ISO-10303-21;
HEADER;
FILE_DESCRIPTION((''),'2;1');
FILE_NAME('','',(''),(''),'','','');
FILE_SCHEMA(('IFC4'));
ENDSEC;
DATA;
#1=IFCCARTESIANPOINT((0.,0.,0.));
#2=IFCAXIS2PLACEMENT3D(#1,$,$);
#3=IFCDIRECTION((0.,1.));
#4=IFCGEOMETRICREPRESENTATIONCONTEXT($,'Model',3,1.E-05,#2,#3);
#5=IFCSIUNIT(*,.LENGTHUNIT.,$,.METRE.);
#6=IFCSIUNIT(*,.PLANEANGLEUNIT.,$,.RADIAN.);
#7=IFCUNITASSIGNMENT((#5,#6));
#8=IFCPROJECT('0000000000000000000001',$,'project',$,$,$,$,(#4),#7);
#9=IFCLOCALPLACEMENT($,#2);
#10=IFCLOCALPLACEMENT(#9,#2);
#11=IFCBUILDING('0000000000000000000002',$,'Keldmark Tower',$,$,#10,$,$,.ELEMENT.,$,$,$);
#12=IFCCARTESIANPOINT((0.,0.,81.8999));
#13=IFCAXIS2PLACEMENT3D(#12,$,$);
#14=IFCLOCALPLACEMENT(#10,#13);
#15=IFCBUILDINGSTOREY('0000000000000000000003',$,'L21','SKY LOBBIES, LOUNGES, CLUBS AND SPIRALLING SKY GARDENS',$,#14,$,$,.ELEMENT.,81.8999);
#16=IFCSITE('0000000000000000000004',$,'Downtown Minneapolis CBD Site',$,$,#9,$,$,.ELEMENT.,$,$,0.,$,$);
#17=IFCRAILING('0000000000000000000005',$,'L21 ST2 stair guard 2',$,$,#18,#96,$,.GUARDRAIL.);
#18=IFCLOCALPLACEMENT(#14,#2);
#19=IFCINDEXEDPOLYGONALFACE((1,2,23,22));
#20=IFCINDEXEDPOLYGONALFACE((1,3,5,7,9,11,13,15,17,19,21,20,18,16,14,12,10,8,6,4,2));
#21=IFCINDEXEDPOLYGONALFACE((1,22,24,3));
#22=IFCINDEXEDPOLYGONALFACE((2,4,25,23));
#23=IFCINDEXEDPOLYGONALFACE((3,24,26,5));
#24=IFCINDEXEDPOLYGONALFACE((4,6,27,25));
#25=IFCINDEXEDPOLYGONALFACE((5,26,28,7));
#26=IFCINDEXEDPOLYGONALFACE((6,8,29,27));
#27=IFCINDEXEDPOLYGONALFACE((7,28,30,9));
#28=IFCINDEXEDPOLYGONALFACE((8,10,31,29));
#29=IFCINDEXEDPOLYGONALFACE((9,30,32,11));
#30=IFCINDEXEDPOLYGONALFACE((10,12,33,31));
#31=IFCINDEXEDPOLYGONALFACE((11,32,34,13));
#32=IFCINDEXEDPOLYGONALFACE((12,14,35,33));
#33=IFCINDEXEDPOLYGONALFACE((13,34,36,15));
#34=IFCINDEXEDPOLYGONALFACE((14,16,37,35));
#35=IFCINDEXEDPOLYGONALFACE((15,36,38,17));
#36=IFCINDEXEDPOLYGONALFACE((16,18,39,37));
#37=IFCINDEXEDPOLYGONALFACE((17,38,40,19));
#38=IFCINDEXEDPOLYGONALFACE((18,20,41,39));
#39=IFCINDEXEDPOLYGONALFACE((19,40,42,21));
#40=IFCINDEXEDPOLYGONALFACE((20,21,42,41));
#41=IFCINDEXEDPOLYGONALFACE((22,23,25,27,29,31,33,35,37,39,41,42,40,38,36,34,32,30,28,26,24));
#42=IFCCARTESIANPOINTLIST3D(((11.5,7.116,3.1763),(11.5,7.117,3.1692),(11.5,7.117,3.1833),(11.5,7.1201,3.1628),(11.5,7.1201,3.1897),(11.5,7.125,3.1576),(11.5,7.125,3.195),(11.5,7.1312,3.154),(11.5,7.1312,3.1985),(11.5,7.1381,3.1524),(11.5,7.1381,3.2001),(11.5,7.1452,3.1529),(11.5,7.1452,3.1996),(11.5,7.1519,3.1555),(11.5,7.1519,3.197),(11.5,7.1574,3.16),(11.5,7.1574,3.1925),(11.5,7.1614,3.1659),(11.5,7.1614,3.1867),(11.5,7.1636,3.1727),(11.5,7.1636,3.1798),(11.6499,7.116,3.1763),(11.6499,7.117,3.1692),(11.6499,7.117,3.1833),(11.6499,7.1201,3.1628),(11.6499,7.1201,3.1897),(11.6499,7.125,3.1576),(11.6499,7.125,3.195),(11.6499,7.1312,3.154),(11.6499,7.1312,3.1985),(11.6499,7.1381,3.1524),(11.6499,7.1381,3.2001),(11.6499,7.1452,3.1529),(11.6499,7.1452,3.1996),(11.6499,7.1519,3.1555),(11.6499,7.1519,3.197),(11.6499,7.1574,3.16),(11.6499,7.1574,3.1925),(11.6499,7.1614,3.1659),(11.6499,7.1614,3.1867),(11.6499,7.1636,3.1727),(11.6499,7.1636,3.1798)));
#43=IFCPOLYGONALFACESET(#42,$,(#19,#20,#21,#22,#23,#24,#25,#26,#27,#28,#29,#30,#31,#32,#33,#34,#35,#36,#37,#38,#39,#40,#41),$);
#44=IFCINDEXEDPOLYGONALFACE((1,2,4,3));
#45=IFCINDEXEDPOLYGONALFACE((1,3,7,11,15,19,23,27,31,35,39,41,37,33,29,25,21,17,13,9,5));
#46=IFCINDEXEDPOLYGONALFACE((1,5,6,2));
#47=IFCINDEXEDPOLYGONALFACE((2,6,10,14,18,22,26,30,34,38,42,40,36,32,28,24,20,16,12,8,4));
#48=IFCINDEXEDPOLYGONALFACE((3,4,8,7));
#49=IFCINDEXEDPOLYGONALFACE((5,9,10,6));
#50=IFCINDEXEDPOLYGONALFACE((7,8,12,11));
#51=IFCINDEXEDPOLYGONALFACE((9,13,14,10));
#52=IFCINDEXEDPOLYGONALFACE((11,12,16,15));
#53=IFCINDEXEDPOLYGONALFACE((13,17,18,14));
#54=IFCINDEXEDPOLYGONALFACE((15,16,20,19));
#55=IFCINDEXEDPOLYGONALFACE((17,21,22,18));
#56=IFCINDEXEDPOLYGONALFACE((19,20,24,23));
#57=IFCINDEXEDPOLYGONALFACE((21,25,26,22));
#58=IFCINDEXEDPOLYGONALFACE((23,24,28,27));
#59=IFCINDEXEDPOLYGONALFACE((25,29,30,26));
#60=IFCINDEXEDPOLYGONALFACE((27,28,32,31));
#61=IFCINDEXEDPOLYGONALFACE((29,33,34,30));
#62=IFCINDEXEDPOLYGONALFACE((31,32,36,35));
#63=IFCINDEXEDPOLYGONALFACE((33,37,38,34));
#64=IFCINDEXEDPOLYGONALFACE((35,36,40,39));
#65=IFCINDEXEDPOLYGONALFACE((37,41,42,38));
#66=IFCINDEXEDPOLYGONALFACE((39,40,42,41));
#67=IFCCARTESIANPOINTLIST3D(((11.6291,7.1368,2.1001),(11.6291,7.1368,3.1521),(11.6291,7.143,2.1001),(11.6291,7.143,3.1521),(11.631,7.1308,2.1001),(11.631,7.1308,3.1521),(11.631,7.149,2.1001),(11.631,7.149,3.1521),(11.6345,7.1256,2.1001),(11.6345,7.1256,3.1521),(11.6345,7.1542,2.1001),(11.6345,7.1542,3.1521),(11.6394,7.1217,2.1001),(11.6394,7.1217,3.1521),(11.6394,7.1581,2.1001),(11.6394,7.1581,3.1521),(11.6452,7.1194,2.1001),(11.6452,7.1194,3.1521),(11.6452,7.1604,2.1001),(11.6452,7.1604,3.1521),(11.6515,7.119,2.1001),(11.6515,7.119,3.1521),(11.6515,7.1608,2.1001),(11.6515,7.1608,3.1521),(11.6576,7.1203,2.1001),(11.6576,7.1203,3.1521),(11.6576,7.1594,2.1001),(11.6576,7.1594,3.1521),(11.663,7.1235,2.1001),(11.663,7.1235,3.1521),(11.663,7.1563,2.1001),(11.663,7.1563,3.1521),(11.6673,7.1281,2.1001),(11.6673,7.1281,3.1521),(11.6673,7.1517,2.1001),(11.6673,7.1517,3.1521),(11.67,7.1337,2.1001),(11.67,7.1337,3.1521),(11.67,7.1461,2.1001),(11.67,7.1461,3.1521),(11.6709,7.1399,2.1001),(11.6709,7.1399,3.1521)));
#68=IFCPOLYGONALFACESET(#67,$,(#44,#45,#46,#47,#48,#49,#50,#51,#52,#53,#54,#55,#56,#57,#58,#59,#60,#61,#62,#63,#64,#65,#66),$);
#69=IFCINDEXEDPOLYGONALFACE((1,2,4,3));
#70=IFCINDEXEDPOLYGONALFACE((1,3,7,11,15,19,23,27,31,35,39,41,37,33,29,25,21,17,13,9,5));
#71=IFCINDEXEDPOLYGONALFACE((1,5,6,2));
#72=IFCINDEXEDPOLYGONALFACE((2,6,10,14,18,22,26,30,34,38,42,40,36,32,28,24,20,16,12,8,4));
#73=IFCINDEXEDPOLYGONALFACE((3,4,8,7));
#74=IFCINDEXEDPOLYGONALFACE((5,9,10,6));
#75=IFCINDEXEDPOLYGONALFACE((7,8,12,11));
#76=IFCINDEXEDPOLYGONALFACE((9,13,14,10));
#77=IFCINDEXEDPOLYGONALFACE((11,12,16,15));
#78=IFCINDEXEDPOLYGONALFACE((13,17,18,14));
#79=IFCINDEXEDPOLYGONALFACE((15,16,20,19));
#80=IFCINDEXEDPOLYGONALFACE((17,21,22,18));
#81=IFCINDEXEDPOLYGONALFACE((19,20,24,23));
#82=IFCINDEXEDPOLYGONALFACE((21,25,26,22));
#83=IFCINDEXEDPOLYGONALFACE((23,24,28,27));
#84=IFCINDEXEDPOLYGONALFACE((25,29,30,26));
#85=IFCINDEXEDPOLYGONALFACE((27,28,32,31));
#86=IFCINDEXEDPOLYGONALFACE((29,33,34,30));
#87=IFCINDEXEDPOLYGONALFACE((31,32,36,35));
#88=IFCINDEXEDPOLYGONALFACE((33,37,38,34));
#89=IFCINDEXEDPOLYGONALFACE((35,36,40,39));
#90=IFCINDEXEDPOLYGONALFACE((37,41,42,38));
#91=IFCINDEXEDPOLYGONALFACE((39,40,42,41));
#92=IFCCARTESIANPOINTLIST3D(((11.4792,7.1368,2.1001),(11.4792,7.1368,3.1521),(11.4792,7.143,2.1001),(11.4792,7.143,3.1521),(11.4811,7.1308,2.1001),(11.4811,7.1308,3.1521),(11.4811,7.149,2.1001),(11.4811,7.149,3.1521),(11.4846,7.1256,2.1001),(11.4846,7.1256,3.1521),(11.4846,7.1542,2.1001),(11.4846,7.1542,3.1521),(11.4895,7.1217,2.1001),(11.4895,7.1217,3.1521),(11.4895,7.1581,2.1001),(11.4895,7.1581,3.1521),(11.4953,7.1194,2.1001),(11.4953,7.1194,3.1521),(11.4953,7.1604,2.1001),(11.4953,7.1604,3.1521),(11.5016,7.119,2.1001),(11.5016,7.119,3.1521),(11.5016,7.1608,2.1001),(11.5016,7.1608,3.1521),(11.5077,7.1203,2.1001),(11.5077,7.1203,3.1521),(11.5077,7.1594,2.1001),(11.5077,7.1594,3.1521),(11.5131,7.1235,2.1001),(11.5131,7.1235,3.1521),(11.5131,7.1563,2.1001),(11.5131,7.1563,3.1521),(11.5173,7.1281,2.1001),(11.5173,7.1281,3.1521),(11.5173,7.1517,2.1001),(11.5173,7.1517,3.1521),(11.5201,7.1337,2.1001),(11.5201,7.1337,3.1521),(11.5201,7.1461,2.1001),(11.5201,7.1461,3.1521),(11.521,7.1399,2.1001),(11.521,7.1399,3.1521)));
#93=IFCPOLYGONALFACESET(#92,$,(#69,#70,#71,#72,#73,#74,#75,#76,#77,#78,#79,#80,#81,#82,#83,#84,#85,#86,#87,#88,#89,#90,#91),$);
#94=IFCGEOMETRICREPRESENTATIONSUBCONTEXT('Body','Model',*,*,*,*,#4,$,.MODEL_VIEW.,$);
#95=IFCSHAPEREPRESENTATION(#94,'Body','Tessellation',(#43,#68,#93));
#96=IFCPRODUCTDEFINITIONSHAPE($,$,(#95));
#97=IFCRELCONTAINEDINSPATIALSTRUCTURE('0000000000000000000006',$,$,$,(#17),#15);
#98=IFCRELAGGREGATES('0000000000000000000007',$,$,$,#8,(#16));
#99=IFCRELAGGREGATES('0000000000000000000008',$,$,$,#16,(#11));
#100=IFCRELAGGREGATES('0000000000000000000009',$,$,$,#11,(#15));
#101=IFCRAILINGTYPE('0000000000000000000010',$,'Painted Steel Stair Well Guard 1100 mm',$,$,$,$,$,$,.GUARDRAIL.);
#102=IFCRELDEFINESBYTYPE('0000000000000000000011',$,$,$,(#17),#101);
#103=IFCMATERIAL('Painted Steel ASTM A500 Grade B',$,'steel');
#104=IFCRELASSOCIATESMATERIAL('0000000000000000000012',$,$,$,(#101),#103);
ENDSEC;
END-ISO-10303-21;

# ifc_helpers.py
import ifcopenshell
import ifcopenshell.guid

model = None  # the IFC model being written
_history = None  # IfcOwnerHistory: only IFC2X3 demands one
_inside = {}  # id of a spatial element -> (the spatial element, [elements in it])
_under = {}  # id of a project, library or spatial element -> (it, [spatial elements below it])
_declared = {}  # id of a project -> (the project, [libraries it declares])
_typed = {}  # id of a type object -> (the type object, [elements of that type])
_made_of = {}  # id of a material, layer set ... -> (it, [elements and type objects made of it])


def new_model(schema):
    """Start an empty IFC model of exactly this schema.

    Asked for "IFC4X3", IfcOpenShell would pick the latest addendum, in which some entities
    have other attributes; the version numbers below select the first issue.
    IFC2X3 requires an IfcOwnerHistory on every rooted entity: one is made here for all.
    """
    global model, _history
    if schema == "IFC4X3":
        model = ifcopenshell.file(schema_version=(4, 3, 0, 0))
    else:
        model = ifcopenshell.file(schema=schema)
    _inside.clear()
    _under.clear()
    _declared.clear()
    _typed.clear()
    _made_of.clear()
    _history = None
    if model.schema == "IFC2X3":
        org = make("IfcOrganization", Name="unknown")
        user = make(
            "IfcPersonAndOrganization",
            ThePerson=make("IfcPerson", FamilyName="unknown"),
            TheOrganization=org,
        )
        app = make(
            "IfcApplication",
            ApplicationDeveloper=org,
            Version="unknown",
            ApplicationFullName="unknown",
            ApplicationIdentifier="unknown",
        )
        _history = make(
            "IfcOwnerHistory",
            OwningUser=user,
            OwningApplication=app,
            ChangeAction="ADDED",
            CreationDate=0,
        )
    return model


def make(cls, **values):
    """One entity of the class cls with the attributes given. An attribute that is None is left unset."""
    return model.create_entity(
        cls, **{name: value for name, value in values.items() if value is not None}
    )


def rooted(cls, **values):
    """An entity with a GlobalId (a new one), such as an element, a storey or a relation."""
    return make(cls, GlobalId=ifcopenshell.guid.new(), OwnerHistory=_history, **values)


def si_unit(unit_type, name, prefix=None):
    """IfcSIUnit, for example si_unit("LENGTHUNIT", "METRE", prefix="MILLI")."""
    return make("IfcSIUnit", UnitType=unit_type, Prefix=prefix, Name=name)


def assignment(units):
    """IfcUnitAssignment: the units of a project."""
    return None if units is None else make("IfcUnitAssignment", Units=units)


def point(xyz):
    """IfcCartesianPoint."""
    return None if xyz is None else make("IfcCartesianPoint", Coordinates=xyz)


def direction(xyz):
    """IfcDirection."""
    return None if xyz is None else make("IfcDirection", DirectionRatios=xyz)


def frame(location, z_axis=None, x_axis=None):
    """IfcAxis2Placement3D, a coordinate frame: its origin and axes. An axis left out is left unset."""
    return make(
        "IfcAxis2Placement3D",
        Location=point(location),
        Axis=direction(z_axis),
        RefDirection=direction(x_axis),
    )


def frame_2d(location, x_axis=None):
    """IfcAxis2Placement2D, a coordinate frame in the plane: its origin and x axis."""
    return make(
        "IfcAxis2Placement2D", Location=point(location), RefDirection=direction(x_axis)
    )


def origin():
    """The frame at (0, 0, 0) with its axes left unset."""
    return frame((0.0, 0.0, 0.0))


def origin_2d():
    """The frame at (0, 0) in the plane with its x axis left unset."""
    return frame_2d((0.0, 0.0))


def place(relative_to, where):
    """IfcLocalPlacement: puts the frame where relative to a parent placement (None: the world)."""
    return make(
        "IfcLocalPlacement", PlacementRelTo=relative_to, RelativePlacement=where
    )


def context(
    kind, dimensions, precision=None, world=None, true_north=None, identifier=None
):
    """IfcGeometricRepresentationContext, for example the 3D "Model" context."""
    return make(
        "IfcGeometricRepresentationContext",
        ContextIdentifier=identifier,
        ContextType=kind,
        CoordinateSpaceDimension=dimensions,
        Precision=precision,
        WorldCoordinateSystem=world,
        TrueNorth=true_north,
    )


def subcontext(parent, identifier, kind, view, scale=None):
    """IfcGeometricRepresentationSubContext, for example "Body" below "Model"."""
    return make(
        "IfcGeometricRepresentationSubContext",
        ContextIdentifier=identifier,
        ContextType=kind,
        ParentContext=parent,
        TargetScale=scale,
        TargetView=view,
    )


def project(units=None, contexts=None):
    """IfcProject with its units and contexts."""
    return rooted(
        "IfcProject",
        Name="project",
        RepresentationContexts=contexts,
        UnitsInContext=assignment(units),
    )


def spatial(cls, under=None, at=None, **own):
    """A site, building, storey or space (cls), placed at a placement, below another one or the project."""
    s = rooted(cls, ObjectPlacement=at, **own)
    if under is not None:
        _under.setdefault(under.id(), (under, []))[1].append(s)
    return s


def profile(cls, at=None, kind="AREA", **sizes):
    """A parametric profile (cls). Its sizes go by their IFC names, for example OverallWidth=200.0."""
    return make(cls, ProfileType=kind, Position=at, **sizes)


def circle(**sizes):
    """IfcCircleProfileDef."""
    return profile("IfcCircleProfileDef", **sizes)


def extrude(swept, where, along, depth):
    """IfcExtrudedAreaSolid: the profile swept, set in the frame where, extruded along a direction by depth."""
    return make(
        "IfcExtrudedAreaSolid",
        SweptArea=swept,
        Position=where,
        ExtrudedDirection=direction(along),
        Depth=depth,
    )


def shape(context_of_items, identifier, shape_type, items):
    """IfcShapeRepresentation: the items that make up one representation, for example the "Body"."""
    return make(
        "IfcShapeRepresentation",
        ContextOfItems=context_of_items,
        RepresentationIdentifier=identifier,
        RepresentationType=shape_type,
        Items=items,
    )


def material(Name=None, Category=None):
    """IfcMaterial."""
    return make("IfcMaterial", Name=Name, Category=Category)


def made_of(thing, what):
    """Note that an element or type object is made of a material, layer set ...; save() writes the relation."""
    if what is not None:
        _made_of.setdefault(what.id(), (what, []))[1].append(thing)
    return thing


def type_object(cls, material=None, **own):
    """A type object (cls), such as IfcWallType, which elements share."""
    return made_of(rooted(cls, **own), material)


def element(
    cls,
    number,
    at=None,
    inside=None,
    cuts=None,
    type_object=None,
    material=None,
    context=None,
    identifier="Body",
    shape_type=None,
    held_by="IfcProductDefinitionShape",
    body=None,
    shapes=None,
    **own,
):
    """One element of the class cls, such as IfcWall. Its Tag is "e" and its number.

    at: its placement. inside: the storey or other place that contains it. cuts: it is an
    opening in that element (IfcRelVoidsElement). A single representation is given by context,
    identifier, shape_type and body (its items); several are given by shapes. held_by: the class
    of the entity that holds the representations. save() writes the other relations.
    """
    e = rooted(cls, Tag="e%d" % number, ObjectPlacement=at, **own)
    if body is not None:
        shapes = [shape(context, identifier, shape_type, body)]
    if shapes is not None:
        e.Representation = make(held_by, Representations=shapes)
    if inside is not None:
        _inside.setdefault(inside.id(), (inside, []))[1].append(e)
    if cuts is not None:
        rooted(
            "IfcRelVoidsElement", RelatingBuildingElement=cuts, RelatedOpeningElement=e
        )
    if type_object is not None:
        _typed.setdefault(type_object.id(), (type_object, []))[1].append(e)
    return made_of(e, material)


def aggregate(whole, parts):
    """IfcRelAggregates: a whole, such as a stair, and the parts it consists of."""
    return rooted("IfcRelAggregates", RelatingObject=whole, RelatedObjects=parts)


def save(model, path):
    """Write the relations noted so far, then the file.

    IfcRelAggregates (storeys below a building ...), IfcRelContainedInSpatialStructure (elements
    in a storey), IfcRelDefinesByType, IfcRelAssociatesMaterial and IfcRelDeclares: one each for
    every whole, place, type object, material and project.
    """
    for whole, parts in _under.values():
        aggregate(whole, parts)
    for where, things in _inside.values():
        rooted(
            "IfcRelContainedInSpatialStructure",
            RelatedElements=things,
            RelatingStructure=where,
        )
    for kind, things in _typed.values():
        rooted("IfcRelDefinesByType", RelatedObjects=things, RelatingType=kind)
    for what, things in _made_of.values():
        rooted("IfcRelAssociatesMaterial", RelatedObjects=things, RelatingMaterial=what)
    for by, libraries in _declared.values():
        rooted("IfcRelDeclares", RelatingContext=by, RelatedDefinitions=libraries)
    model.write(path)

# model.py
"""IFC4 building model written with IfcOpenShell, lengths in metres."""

from ifc_helpers import new_model, si_unit, direction, frame, origin, origin_2d, place, context, subcontext, project, spatial, circle, extrude, material, type_object, element, save


model = new_model("IFC4")

# Units and contexts
model_context = context("Model", 3, precision=1e-05, world=origin(), true_north=direction((0.0, 1.0)))
body_context = subcontext(model_context, "Body", "Model", "MODEL_VIEW")
ifc_project = project(units=[si_unit("LENGTHUNIT", "METRE"), si_unit("PLANEANGLEUNIT", "RADIAN")], contexts=[model_context])

# Site, building, storey
site_placement = place(None, origin())
site = spatial("IfcSite", under=ifc_project, at=site_placement, Name="Downtown Minneapolis CBD Site", CompositionType="ELEMENT", RefElevation=0.0)
building_placement = place(site_placement, origin())
building = spatial("IfcBuilding", under=site, at=building_placement, Name="Keldmark Tower", CompositionType="ELEMENT")
storey_placement = place(building_placement, frame((0.0, 0.0, 81.8999)))
storey = spatial("IfcBuildingStorey", under=building, at=storey_placement, Name="L21", Description="SKY LOBBIES, LOUNGES, CLUBS AND SPIRALLING SKY GARDENS", CompositionType="ELEMENT", Elevation=81.8999)

# Railing
ifc_material_1 = material(Name="Painted Steel ASTM A500 Grade B", Category="steel")
railing_type_1 = type_object("IfcRailingType", Name="Painted Steel Stair Well Guard 1100 mm", PredefinedType="GUARDRAIL", material=ifc_material_1)
railing_1_placement = place(storey_placement, frame((11.6499, 7.1399, 2.1001)))
element("IfcRailing", 1, at=railing_1_placement, inside=storey, type_object=railing_type_1, Name="L21 ST2 stair guard 2", PredefinedType="GUARDRAIL", context=body_context, shape_type="SweptSolid", body=[
    extrude(circle(Radius=0.0239, at=origin_2d()), frame((0.0, 0.0, 1.0762), z_axis=(-1.0, 0.0, 0.0), x_axis=(0.0, -1.0, 0.0)), (0.0, 0.0, 1.0), 0.1499),
    extrude(circle(Radius=0.021, at=origin_2d()), origin(), (0.0, 0.0, 1.0), 1.052),
    extrude(circle(Radius=0.021, at=origin_2d()), frame((-0.1499, 0.0, 0.0)), (0.0, 0.0, 1.0), 1.052),
])

save(model, "model.ifc")
